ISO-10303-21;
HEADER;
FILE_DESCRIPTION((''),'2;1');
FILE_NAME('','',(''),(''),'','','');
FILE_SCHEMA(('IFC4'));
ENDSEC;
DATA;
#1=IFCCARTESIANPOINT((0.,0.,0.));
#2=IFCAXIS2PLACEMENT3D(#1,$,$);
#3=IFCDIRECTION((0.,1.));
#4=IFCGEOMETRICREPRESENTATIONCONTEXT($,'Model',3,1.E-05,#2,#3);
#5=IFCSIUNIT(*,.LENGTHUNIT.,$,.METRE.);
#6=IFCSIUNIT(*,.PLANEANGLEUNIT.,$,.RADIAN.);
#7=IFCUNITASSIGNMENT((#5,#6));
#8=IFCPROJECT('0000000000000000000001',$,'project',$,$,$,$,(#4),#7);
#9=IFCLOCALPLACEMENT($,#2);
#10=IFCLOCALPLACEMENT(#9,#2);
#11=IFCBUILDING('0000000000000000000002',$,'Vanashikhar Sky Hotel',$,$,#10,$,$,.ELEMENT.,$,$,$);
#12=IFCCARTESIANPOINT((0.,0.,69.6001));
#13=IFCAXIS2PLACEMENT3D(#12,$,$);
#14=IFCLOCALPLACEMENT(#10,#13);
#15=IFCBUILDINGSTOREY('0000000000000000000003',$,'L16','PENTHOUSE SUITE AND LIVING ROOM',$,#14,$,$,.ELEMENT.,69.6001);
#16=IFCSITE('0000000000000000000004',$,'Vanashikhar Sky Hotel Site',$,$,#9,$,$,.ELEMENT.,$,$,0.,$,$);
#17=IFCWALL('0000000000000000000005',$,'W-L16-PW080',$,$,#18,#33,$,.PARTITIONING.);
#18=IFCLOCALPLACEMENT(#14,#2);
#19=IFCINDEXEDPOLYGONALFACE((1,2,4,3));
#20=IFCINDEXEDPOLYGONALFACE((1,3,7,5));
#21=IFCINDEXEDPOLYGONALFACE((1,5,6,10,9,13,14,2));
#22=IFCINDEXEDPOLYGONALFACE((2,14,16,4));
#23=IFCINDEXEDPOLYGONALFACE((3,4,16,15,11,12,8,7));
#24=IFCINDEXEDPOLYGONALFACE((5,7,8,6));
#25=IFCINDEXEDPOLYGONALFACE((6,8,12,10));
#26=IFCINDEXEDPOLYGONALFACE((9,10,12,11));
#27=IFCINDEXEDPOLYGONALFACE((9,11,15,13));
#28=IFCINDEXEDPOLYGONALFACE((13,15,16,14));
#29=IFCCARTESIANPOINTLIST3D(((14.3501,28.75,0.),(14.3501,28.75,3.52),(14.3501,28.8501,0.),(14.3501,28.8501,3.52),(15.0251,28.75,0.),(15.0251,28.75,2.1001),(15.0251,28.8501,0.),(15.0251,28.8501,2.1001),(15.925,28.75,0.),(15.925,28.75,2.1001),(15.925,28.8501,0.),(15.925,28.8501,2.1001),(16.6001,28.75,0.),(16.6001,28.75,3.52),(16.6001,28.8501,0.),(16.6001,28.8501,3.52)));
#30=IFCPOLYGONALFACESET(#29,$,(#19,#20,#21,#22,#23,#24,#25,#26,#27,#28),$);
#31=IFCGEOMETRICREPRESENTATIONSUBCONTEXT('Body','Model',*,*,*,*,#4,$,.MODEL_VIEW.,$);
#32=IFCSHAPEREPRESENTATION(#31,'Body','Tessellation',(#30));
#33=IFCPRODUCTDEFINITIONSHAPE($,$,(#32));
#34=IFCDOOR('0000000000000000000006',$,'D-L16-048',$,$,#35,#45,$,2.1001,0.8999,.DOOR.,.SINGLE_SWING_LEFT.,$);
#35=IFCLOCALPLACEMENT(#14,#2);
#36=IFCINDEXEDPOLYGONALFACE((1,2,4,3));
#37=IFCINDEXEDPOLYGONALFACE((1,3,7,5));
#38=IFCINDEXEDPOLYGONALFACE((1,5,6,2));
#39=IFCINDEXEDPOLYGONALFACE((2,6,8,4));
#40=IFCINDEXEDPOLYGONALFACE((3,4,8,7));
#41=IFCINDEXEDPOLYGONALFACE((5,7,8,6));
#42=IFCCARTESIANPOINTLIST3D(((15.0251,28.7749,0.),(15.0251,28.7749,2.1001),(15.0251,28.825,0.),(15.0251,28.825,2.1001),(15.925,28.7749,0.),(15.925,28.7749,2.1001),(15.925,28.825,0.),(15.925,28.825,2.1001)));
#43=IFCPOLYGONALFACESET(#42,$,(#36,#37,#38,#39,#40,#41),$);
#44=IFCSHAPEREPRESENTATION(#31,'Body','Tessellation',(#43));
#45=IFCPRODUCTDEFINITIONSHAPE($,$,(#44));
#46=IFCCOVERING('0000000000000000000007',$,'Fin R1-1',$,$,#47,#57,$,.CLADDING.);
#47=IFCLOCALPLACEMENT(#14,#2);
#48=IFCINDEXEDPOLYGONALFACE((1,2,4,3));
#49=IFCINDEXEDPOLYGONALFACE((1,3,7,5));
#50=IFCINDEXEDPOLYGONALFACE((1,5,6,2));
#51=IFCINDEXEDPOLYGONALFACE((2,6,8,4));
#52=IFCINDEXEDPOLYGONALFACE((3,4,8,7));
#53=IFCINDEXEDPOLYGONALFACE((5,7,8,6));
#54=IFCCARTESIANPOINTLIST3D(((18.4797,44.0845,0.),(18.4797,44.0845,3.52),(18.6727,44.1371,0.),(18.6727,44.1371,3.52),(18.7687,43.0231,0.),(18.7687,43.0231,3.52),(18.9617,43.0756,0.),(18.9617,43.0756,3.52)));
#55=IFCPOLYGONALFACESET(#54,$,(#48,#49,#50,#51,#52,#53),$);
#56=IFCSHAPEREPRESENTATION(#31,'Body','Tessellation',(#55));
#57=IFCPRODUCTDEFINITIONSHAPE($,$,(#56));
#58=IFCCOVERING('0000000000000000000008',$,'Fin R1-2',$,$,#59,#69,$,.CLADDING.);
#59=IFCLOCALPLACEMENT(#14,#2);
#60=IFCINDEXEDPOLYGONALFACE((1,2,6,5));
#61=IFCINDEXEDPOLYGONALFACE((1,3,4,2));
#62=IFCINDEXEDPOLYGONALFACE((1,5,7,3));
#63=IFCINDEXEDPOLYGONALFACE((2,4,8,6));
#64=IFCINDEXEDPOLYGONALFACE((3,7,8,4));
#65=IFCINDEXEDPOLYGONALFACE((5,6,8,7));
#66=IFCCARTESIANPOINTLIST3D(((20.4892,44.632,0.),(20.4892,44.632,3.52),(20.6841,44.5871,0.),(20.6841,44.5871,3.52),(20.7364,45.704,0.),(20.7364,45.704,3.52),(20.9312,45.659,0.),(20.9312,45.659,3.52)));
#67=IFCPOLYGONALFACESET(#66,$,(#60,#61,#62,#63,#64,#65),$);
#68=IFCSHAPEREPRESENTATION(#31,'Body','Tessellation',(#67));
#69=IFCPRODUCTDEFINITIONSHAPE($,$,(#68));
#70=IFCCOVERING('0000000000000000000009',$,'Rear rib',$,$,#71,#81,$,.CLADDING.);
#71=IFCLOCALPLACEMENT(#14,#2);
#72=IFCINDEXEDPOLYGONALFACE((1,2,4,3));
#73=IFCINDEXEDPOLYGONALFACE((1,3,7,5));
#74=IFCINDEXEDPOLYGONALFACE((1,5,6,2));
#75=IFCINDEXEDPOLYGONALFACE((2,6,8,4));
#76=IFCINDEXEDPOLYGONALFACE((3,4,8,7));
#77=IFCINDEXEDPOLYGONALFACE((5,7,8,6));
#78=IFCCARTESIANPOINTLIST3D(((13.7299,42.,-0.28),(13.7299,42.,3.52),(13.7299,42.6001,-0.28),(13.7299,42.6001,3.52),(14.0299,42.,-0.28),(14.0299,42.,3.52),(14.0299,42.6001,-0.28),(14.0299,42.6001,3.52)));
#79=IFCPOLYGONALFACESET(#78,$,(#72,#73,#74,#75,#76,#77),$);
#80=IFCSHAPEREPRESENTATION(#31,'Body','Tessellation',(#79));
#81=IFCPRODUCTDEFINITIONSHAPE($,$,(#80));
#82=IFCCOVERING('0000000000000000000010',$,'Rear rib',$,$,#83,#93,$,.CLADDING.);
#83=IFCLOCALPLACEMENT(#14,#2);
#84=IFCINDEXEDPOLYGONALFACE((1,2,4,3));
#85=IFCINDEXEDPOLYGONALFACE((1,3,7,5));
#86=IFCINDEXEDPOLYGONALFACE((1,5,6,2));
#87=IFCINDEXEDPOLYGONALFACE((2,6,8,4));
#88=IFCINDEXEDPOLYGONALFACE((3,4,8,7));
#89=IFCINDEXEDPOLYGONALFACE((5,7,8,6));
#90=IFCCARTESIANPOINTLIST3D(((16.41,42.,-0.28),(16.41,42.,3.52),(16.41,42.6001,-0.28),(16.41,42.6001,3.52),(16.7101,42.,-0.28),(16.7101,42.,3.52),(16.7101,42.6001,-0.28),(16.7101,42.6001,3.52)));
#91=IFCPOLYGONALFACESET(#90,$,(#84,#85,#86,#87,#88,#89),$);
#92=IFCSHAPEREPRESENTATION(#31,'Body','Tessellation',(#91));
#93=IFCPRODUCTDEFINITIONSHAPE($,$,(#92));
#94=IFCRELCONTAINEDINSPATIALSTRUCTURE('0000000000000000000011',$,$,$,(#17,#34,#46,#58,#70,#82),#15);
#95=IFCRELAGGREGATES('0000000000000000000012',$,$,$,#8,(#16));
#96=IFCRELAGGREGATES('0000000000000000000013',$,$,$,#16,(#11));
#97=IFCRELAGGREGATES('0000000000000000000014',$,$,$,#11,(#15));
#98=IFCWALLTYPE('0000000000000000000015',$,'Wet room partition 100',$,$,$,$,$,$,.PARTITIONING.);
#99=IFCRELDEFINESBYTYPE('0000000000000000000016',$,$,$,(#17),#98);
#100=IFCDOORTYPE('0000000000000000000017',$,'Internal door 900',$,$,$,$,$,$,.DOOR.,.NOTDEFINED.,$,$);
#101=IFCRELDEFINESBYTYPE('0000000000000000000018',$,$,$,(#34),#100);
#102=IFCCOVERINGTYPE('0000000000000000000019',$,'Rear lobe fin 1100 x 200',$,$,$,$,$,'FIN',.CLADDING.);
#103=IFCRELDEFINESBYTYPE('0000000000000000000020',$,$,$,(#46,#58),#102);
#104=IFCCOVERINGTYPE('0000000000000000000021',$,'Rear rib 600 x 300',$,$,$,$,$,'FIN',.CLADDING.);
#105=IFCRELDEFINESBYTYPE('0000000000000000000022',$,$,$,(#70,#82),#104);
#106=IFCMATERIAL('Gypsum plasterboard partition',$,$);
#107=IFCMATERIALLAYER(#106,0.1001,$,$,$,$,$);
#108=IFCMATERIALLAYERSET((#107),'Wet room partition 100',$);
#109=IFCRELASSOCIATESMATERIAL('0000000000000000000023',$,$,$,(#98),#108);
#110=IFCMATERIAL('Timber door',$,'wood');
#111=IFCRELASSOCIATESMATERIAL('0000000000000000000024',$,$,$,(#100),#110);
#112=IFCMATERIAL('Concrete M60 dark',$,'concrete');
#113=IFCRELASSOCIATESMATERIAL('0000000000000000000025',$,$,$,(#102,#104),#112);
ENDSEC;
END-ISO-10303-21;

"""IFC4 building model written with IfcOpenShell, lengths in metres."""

from ifc_helpers import new_model, si_unit, direction, frame, frame_2d, origin, origin_2d, place, context, subcontext, project, spatial, rectangle, extrude, source, transform, mapped, material, layer, layer_set, material_profile, profile_set, type_object, element, fill, save


model = new_model("IFC4")

# Units and contexts
model_context = context("Model", 3, precision=1e-05, world=origin(), true_north=direction((0.0, 1.0)))
body_context = subcontext(model_context, "Body", "Model", "MODEL_VIEW")
ifc_project = project(units=[si_unit("LENGTHUNIT", "METRE"), si_unit("PLANEANGLEUNIT", "RADIAN")], contexts=[model_context])

# Site, building, storey
site_placement = place(None, origin())
site = spatial("IfcSite", under=ifc_project, at=site_placement, Name="Vanashikhar Sky Hotel Site", CompositionType="ELEMENT", RefElevation=0.0)
building_placement = place(site_placement, origin())
building = spatial("IfcBuilding", under=site, at=building_placement, Name="Vanashikhar Sky Hotel", CompositionType="ELEMENT")
storey_placement = place(building_placement, frame((0.0, 0.0, 69.6001)))
storey = spatial("IfcBuildingStorey", under=building, at=storey_placement, Name="L16", Description="PENTHOUSE SUITE AND LIVING ROOM", CompositionType="ELEMENT", Elevation=69.6001)

# Wall, opening, door
ifc_material_1 = material(Name="Gypsum plasterboard partition")
ifc_layer_1 = layer(ifc_material_1, 0.1001)
ifc_layer_set_1 = layer_set([ifc_layer_1], Name="Wet room partition 100")
wall_type_1 = type_object("IfcWallType", Name="Wet room partition 100", PredefinedType="PARTITIONING", material=ifc_layer_set_1)
shared_shape_1 = source(origin(), body_context, "Body", "SweptSolid", [
    extrude(rectangle(XDim=2.25, YDim=0.1001, at=frame_2d((1.125, 0.0))), origin(), (0.0, 0.0, 1.0), 3.52),
])
wall_1_placement = place(storey_placement, frame((14.3501, 28.8, 0.0), z_axis=(0.0, 0.0, 1.0), x_axis=(1.0, 0.0, 0.0)))
wall_1 = element("IfcWall", 1, at=wall_1_placement, inside=storey, type_object=wall_type_1, Name="W-L16-PW080", PredefinedType="PARTITIONING", context=body_context, shape_type="MappedRepresentation", body=[
    mapped(shared_shape_1, transform((0.0, 0.0, 0.0), scale=1.0)),
])
shared_shape_2 = source(origin(), body_context, "Body", "SweptSolid", [
    extrude(rectangle(XDim=0.8999, YDim=2.1001, at=frame_2d((0.45, 1.05))), frame((0.0, 0.0601, 0.0), z_axis=(0.0, -1.0, 0.0), x_axis=(1.0, 0.0, 0.0)), (0.0, 0.0, 1.0), 0.1201),
])
opening_1_placement = place(wall_1_placement, frame((0.675, 0.0, 0.0)))
opening_1 = element("IfcOpeningElement", 2, at=opening_1_placement, cuts=wall_1, PredefinedType="OPENING", context=body_context, shape_type="MappedRepresentation", body=[
    mapped(shared_shape_2, transform((0.0, 0.0, 0.0), scale=1.0)),
])
ifc_material_2 = material(Name="Timber door", Category="wood")
door_type_1 = type_object("IfcDoorType", Name="Internal door 900", OperationType="NOTDEFINED", PredefinedType="DOOR", material=ifc_material_2)
shared_shape_3 = source(origin(), body_context, "Body", "SweptSolid", [
    extrude(rectangle(XDim=0.8999, YDim=2.1001, at=frame_2d((0.45, 1.05))), frame((0.0, 0.0249, 0.0), z_axis=(0.0, -1.0, 0.0), x_axis=(1.0, 0.0, 0.0)), (0.0, 0.0, 1.0), 0.05),
])
door_1_placement = place(opening_1_placement, origin())
door_1 = element("IfcDoor", 3, at=door_1_placement, inside=storey, type_object=door_type_1, Name="D-L16-048", OperationType="SINGLE_SWING_LEFT", OverallHeight=2.1001, OverallWidth=0.8999, PredefinedType="DOOR", context=body_context, shape_type="MappedRepresentation", body=[
    mapped(shared_shape_3, transform((0.0, 0.0, 0.0), scale=1.0)),
])
fill(opening_1, door_1)

# Coverings
ifc_material_3 = material(Name="Concrete M60 dark", Category="concrete")
ifc_material_profile_1 = material_profile(ifc_material_3, rectangle(XDim=1.1001, YDim=0.2, at=origin_2d()))
ifc_profile_set_1 = profile_set([ifc_material_profile_1], Name="Rear lobe fin 1100 x 200")
covering_type_1 = type_object("IfcCoveringType", Name="Rear lobe fin 1100 x 200", ElementType="FIN", PredefinedType="CLADDING", material=ifc_profile_set_1)
shared_shape_4 = source(origin(), body_context, "Body", "SweptSolid", [
    extrude(rectangle(XDim=1.1001, YDim=0.2, at=origin_2d()), origin(), (0.0, 0.0, 1.0), 3.52),
])
for number, where, z_axis, x_axis, name in (
    (4, (18.7207, 43.5801, 0.0), (0.0, 0.0, 1.0), (-0.262711, 0.964874, 0.0), "Fin R1-1"),
    (5, (20.7102, 45.1455, 0.0), (0.0, 0.0, 1.0), (0.224645, 0.974441, 0.0), "Fin R1-2"),
):
    element("IfcCovering", number, at=place(storey_placement, frame(where, z_axis=z_axis, x_axis=x_axis)), inside=storey, type_object=covering_type_1, Name=name, PredefinedType="CLADDING", context=body_context, shape_type="MappedRepresentation", body=[
        mapped(shared_shape_4, transform((0.0, 0.0, 0.0), scale=1.0)),
    ])
ifc_material_profile_2 = material_profile(ifc_material_3, rectangle(XDim=0.6001, YDim=0.3, at=origin_2d()))
ifc_profile_set_2 = profile_set([ifc_material_profile_2], Name="Rear rib 600 x 300")
covering_type_2 = type_object("IfcCoveringType", Name="Rear rib 600 x 300", ElementType="FIN", PredefinedType="CLADDING", material=ifc_profile_set_2)
shared_shape_5 = source(origin(), body_context, "Body", "SweptSolid", [
    extrude(rectangle(XDim=0.6001, YDim=0.3, at=origin_2d()), origin(), (0.0, 0.0, 1.0), 3.8),
])
for number, where, z_axis, x_axis, name in (
    (6, (13.8799, 42.3, -0.28), (0.0, 0.0, 1.0), (0.0, 1.0, 0.0), "Rear rib"),
    (7, (16.5601, 42.3, -0.28), (0.0, 0.0, 1.0), (0.0, 1.0, 0.0), "Rear rib"),
):
    element("IfcCovering", number, at=place(storey_placement, frame(where, z_axis=z_axis, x_axis=x_axis)), inside=storey, type_object=covering_type_2, Name=name, PredefinedType="CLADDING", context=body_context, shape_type="MappedRepresentation", body=[
        mapped(shared_shape_5, transform((0.0, 0.0, 0.0), scale=1.0)),
    ])

save(model, "model.ifc")
